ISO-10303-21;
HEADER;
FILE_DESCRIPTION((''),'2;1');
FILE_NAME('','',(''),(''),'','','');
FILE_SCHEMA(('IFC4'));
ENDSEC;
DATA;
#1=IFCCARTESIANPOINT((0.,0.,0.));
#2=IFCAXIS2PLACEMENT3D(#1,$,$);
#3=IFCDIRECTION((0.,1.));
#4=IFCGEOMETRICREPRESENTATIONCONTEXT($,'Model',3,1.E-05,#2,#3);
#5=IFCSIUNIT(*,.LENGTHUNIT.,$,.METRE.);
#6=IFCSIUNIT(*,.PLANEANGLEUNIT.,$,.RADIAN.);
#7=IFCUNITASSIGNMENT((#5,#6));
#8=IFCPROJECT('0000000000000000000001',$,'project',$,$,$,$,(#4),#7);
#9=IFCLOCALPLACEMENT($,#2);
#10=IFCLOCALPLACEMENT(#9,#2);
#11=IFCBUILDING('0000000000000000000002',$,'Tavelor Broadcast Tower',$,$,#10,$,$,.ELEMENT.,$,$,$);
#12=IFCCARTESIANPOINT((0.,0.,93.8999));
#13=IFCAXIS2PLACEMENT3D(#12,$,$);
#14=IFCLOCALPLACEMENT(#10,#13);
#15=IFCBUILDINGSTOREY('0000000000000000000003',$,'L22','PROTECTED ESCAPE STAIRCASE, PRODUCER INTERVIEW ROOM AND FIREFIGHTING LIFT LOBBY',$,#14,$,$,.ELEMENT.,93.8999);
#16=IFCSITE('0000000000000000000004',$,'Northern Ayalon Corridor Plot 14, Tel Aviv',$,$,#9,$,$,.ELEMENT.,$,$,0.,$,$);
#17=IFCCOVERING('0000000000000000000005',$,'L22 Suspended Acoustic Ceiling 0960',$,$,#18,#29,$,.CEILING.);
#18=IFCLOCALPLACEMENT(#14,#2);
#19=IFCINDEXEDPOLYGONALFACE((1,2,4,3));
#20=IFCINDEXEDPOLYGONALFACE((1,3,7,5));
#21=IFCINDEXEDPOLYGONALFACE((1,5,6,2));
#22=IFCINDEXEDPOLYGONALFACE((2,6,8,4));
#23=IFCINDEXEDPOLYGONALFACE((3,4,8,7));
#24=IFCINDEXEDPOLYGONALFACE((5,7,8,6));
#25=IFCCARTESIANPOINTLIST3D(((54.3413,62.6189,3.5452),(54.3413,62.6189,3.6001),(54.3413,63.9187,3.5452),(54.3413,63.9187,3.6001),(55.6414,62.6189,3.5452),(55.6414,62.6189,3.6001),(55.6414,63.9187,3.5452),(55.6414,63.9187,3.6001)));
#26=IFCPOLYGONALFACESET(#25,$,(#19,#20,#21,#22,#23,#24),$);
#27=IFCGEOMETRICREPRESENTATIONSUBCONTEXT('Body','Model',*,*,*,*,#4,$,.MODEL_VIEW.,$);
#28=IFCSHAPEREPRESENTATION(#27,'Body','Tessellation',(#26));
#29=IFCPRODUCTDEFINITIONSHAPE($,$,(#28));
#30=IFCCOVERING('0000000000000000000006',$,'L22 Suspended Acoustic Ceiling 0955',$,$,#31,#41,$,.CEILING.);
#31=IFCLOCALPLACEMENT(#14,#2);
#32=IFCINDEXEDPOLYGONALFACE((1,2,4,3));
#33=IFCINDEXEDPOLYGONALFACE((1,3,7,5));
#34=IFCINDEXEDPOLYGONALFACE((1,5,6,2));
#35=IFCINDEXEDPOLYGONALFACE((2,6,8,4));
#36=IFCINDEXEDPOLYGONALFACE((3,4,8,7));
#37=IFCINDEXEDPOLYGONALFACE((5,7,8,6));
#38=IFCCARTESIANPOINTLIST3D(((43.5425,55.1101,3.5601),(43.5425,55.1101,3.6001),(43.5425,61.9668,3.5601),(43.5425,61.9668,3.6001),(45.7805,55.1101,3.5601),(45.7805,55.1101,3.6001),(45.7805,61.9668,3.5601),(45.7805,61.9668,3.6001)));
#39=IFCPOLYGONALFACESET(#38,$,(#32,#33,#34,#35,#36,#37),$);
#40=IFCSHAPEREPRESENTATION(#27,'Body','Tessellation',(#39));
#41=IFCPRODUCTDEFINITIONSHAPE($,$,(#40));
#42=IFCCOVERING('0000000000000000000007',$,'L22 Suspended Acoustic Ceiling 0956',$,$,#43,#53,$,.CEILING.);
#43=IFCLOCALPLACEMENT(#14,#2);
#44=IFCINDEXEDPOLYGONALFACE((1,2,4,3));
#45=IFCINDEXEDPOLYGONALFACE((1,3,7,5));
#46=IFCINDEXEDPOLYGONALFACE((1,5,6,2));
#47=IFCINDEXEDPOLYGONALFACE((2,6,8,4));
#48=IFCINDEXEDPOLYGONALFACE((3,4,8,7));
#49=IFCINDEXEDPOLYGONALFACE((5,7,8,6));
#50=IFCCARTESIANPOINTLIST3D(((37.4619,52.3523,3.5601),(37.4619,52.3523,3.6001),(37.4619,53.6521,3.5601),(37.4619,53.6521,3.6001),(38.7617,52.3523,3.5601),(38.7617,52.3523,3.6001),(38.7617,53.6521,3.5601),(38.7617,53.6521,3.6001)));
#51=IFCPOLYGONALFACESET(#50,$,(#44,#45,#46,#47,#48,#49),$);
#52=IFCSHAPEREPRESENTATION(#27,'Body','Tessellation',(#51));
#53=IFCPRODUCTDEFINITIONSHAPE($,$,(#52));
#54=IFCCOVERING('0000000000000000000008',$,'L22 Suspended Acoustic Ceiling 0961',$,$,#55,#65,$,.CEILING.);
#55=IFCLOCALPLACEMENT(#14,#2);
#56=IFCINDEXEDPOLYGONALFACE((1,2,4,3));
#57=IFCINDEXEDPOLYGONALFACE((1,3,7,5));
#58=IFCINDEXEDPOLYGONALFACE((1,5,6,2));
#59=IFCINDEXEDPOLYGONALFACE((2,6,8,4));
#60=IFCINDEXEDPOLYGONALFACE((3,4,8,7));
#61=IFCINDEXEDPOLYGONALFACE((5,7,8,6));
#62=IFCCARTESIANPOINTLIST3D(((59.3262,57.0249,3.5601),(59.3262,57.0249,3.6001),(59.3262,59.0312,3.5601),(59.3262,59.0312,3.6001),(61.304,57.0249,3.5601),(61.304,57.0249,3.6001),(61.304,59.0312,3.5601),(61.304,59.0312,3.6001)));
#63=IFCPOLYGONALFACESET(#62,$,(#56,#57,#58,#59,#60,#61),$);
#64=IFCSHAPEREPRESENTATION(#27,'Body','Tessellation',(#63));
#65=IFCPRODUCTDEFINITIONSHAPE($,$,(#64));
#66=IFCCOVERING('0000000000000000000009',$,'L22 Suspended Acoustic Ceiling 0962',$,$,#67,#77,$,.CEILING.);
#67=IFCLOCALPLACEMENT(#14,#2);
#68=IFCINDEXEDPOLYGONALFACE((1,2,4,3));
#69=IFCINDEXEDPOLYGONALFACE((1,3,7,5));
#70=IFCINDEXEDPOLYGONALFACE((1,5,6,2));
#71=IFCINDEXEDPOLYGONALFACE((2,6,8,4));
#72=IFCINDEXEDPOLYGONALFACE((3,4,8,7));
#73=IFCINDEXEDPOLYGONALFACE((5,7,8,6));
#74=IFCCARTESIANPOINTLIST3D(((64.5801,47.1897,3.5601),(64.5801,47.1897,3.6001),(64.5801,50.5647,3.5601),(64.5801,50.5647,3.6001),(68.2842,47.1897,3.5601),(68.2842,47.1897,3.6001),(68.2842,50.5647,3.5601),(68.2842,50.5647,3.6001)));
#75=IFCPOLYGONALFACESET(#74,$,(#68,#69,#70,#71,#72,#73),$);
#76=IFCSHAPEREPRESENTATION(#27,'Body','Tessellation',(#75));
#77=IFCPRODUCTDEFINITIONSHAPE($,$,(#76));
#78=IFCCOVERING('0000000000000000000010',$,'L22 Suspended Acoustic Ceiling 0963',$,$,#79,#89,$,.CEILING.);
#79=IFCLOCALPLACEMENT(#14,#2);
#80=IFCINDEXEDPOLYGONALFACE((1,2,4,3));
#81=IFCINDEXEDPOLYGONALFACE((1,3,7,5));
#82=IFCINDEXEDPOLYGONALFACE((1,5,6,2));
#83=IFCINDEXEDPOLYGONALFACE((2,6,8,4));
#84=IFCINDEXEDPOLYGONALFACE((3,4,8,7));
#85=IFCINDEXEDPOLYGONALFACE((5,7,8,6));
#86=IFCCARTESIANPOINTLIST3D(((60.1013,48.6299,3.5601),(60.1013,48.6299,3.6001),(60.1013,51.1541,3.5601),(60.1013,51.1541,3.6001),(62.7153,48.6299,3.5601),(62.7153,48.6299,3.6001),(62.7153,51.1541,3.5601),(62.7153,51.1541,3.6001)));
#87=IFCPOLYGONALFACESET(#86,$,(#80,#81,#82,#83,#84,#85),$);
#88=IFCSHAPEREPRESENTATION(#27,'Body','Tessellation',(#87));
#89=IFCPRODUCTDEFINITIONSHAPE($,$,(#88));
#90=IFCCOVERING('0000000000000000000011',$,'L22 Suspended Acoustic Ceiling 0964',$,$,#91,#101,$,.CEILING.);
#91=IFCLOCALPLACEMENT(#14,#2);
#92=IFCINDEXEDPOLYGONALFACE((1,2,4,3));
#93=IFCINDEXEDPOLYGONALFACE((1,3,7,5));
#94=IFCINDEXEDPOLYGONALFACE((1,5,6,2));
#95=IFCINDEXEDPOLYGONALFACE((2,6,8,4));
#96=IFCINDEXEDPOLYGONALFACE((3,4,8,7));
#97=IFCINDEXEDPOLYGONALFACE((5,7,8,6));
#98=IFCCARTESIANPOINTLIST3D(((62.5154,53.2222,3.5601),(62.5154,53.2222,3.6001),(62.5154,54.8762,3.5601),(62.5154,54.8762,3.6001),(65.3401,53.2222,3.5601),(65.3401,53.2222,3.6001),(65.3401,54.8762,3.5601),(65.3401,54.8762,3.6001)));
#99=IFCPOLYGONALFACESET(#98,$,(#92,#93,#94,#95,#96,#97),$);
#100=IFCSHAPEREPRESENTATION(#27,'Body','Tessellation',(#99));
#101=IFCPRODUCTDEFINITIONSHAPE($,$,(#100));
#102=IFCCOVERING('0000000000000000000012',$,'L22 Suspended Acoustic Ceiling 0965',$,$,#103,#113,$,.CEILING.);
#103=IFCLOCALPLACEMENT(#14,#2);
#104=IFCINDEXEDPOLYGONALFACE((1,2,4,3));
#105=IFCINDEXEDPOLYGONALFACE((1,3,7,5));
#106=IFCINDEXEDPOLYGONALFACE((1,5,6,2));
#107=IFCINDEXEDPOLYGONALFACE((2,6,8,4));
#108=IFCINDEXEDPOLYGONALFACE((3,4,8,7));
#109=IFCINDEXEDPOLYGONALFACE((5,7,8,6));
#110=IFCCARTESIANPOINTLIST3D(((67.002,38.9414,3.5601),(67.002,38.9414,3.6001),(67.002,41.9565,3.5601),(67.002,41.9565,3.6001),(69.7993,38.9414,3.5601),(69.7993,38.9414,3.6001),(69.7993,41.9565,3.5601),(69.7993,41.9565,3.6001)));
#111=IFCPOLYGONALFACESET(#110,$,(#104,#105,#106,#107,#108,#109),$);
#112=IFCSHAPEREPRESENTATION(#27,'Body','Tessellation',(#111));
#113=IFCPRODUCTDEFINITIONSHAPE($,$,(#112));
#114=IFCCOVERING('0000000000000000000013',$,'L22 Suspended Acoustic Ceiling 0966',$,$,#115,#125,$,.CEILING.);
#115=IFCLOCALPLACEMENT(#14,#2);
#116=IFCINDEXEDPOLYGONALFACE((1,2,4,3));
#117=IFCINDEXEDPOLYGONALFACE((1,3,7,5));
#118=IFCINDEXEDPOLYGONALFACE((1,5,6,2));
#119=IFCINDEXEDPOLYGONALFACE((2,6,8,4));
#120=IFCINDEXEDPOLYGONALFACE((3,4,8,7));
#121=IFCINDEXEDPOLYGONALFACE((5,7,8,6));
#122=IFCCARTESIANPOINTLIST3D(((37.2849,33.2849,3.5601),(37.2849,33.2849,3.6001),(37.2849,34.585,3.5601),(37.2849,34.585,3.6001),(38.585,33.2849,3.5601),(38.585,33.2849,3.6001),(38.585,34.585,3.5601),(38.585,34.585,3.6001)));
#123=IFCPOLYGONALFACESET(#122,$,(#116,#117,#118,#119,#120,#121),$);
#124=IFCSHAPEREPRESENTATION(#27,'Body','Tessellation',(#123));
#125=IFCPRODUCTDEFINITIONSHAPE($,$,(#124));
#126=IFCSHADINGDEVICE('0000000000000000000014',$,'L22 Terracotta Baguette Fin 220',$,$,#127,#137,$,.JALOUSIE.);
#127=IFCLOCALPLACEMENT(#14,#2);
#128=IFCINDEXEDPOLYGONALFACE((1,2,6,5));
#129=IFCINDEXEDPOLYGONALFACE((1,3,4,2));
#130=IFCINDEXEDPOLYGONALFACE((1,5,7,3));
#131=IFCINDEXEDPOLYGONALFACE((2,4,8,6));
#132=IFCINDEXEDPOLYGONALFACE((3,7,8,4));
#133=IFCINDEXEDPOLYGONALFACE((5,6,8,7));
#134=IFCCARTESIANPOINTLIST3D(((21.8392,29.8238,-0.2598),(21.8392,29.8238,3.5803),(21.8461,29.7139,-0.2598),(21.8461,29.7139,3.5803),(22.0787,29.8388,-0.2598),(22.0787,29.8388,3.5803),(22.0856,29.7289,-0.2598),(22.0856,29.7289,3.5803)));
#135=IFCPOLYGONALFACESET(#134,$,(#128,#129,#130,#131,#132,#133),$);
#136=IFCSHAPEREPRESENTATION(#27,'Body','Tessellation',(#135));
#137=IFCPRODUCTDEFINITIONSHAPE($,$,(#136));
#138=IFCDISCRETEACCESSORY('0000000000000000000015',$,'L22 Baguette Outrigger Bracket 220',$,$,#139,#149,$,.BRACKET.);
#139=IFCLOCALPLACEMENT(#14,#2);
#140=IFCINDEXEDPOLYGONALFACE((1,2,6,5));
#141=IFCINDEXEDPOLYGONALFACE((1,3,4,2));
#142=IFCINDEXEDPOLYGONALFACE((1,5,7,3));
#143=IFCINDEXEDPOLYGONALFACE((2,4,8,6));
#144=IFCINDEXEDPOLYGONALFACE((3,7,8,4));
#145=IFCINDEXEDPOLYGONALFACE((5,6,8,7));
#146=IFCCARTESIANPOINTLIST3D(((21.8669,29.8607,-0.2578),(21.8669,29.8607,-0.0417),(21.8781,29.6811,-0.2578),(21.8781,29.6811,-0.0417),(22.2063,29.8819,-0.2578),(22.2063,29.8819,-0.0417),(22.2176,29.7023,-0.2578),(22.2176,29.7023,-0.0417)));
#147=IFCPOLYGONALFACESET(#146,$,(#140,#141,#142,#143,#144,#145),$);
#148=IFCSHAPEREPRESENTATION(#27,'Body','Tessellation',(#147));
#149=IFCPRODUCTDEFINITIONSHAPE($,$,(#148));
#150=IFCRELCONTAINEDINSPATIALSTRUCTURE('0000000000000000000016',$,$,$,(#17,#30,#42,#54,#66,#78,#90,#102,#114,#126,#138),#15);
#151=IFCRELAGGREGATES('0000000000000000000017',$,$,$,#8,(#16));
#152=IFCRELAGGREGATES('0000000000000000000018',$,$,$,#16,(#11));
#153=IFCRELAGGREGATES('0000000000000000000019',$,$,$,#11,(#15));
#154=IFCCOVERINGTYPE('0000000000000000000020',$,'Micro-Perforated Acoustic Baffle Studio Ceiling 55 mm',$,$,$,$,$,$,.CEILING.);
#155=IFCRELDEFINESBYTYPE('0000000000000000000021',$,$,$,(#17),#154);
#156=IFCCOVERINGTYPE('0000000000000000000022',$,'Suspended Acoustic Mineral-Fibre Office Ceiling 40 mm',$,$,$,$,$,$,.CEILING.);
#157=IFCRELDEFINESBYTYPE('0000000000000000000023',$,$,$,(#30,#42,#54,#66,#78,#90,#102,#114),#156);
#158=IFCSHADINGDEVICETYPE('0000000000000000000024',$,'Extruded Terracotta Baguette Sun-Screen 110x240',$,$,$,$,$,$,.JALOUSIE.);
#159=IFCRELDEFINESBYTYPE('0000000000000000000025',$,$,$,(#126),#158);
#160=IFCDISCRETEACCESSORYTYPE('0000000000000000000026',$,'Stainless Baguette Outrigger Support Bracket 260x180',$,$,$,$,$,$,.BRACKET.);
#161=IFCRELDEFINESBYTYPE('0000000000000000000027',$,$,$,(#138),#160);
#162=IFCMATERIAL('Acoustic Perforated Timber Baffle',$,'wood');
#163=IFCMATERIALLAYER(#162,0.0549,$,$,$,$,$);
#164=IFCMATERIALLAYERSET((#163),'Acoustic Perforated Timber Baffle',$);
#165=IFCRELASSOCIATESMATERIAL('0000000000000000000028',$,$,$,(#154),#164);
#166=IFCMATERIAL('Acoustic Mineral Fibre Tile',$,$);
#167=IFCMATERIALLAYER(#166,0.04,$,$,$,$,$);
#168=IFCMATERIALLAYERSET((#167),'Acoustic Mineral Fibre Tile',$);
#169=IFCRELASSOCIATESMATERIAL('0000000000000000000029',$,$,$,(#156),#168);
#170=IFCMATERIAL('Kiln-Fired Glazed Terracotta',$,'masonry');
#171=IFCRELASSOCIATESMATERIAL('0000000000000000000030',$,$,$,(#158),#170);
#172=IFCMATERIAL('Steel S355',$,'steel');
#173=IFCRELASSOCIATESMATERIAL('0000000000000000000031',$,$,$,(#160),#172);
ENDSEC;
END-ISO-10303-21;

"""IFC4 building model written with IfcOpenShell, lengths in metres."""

from ifc_helpers import new_model, si_unit, direction, frame, origin, origin_2d, place, context, subcontext, project, spatial, polyline, rectangle, outline, extrude, source, transform, mapped, material, layer, layer_set, type_object, type_shapes, element, save


model = new_model("IFC4")

# Units and contexts
model_context = context("Model", 3, precision=1e-05, world=origin(), true_north=direction((0.0, 1.0)))
body_context = subcontext(model_context, "Body", "Model", "MODEL_VIEW")
ifc_project = project(units=[si_unit("LENGTHUNIT", "METRE"), si_unit("PLANEANGLEUNIT", "RADIAN")], contexts=[model_context])

# Site, building, storey
site_placement = place(None, origin())
site = spatial("IfcSite", under=ifc_project, at=site_placement, Name="Northern Ayalon Corridor Plot 14, Tel Aviv", CompositionType="ELEMENT", RefElevation=0.0)
building_placement = place(site_placement, origin())
building = spatial("IfcBuilding", under=site, at=building_placement, Name="Tavelor Broadcast Tower", CompositionType="ELEMENT")
storey_placement = place(building_placement, frame((0.0, 0.0, 93.8999)))
storey = spatial("IfcBuildingStorey", under=building, at=storey_placement, Name="L22", Description="PROTECTED ESCAPE STAIRCASE, PRODUCER INTERVIEW ROOM AND FIREFIGHTING LIFT LOBBY", CompositionType="ELEMENT", Elevation=93.8999)

# Coverings
ifc_material_1 = material(Name="Acoustic Perforated Timber Baffle", Category="wood")
ifc_layer_1 = layer(ifc_material_1, 0.0549)
ifc_layer_set_1 = layer_set([ifc_layer_1], Name="Acoustic Perforated Timber Baffle")
covering_type_1 = type_object("IfcCoveringType", Name="Micro-Perforated Acoustic Baffle Studio Ceiling 55 mm", PredefinedType="CEILING", material=ifc_layer_set_1)
covering_1_placement = place(storey_placement, frame((0.0, 0.0, 3.5452)))
element("IfcCovering", 1, at=covering_1_placement, inside=storey, type_object=covering_type_1, Name="L22 Suspended Acoustic Ceiling 0960", PredefinedType="CEILING", context=body_context, shape_type="SweptSolid", body=[
    extrude(outline(polyline([(54.3413, 62.6189), (55.6414, 62.6189), (55.6414, 63.9187), (54.3413, 63.9187), (54.3413, 62.6189)])), origin(), (0.0, 0.0, 1.0), 0.0549),
])
ifc_material_2 = material(Name="Acoustic Mineral Fibre Tile")
ifc_layer_2 = layer(ifc_material_2, 0.04)
ifc_layer_set_2 = layer_set([ifc_layer_2], Name="Acoustic Mineral Fibre Tile")
covering_type_2 = type_object("IfcCoveringType", Name="Suspended Acoustic Mineral-Fibre Office Ceiling 40 mm", PredefinedType="CEILING", material=ifc_layer_set_2)
covering_2_placement = place(storey_placement, frame((0.0, 0.0, 3.5601)))
element("IfcCovering", 2, at=covering_2_placement, inside=storey, type_object=covering_type_2, Name="L22 Suspended Acoustic Ceiling 0955", PredefinedType="CEILING", context=body_context, shape_type="SweptSolid", body=[
    extrude(outline(polyline([(43.5425, 55.1101), (45.7805, 55.1101), (45.7805, 61.9668), (43.5425, 61.9668), (43.5425, 55.1101)])), origin(), (0.0, 0.0, 1.0), 0.04),
])
covering_3_placement = place(storey_placement, frame((0.0, 0.0, 3.5601)))
element("IfcCovering", 3, at=covering_3_placement, inside=storey, type_object=covering_type_2, Name="L22 Suspended Acoustic Ceiling 0956", PredefinedType="CEILING", context=body_context, shape_type="SweptSolid", body=[
    extrude(outline(polyline([(37.4619, 52.3523), (38.7617, 52.3523), (38.7617, 53.6521), (37.4619, 53.6521), (37.4619, 52.3523)])), origin(), (0.0, 0.0, 1.0), 0.04),
])
covering_4_placement = place(storey_placement, frame((0.0, 0.0, 3.5601)))
element("IfcCovering", 4, at=covering_4_placement, inside=storey, type_object=covering_type_2, Name="L22 Suspended Acoustic Ceiling 0961", PredefinedType="CEILING", context=body_context, shape_type="SweptSolid", body=[
    extrude(outline(polyline([(59.3262, 57.0249), (61.304, 57.0249), (61.304, 59.0312), (59.3262, 59.0312), (59.3262, 57.0249)])), origin(), (0.0, 0.0, 1.0), 0.04),
])
covering_5_placement = place(storey_placement, frame((0.0, 0.0, 3.5601)))
element("IfcCovering", 5, at=covering_5_placement, inside=storey, type_object=covering_type_2, Name="L22 Suspended Acoustic Ceiling 0962", PredefinedType="CEILING", context=body_context, shape_type="SweptSolid", body=[
    extrude(outline(polyline([(64.5801, 47.1897), (68.2842, 47.1897), (68.2842, 50.5647), (64.5801, 50.5647), (64.5801, 47.1897)])), origin(), (0.0, 0.0, 1.0), 0.04),
])
covering_6_placement = place(storey_placement, frame((0.0, 0.0, 3.5601)))
element("IfcCovering", 6, at=covering_6_placement, inside=storey, type_object=covering_type_2, Name="L22 Suspended Acoustic Ceiling 0963", PredefinedType="CEILING", context=body_context, shape_type="SweptSolid", body=[
    extrude(outline(polyline([(60.1013, 48.6299), (62.7153, 48.6299), (62.7153, 51.1541), (60.1013, 51.1541), (60.1013, 48.6299)])), origin(), (0.0, 0.0, 1.0), 0.04),
])
covering_7_placement = place(storey_placement, frame((0.0, 0.0, 3.5601)))
element("IfcCovering", 7, at=covering_7_placement, inside=storey, type_object=covering_type_2, Name="L22 Suspended Acoustic Ceiling 0964", PredefinedType="CEILING", context=body_context, shape_type="SweptSolid", body=[
    extrude(outline(polyline([(62.5154, 53.2222), (65.3401, 53.2222), (65.3401, 54.8762), (62.5154, 54.8762), (62.5154, 53.2222)])), origin(), (0.0, 0.0, 1.0), 0.04),
])
covering_8_placement = place(storey_placement, frame((0.0, 0.0, 3.5601)))
element("IfcCovering", 8, at=covering_8_placement, inside=storey, type_object=covering_type_2, Name="L22 Suspended Acoustic Ceiling 0965", PredefinedType="CEILING", context=body_context, shape_type="SweptSolid", body=[
    extrude(outline(polyline([(67.002, 38.9414), (69.7993, 38.9414), (69.7993, 41.9565), (67.002, 41.9565), (67.002, 38.9414)])), origin(), (0.0, 0.0, 1.0), 0.04),
])
covering_9_placement = place(storey_placement, frame((0.0, 0.0, 3.5601)))
element("IfcCovering", 9, at=covering_9_placement, inside=storey, type_object=covering_type_2, Name="L22 Suspended Acoustic Ceiling 0966", PredefinedType="CEILING", context=body_context, shape_type="SweptSolid", body=[
    extrude(outline(polyline([(37.2849, 33.2849), (38.585, 33.2849), (38.585, 34.585), (37.2849, 34.585), (37.2849, 33.2849)])), origin(), (0.0, 0.0, 1.0), 0.04),
])

# Shading device
ifc_material_3 = material(Name="Kiln-Fired Glazed Terracotta", Category="masonry")
shading_device_type = type_object("IfcShadingDeviceType", Name="Extruded Terracotta Baguette Sun-Screen 110x240", PredefinedType="JALOUSIE", material=ifc_material_3)
shared_shape_1 = source(origin(), body_context, "Body", "SweptSolid", [
    extrude(rectangle(XDim=0.1101, YDim=0.24, at=origin_2d()), origin(), (0.0, 0.0, 1.0), 3.8401),
])
type_shapes(shading_device_type, [shared_shape_1])
shading_device_placement = place(storey_placement, frame((21.9624, 29.7764, -0.2598), z_axis=(0.0, 0.0, 1.0), x_axis=(0.062442, -0.998049, 0.0)))
element("IfcShadingDevice", 10, at=shading_device_placement, inside=storey, type_object=shading_device_type, Name="L22 Terracotta Baguette Fin 220", PredefinedType="JALOUSIE", context=body_context, shape_type="MappedRepresentation", body=[
    mapped(shared_shape_1, transform((0.0, 0.0, 0.0), scale=1.0)),
])

# Discrete accessory
ifc_material_4 = material(Name="Steel S355", Category="steel")
discrete_accessory_type = type_object("IfcDiscreteAccessoryType", Name="Stainless Baguette Outrigger Support Bracket 260x180", PredefinedType="BRACKET", material=ifc_material_4)
shared_shape_2 = source(origin(), body_context, "Body", "SweptSolid", [
    extrude(rectangle(XDim=0.1799, YDim=0.3401, at=origin_2d()), origin(), (0.0, 0.0, 1.0), 0.2161),
])
type_shapes(discrete_accessory_type, [shared_shape_2])
discrete_accessory_placement = place(storey_placement, frame((22.0422, 29.7815, -0.2578), z_axis=(0.0, 0.0, 1.0), x_axis=(0.062442, -0.998049, 0.0)))
element("IfcDiscreteAccessory", 11, at=discrete_accessory_placement, inside=storey, type_object=discrete_accessory_type, Name="L22 Baguette Outrigger Bracket 220", PredefinedType="BRACKET", context=body_context, shape_type="MappedRepresentation", body=[
    mapped(shared_shape_2, transform((0.0, 0.0, 0.0), scale=1.0)),
])

save(model, "model.ifc")
